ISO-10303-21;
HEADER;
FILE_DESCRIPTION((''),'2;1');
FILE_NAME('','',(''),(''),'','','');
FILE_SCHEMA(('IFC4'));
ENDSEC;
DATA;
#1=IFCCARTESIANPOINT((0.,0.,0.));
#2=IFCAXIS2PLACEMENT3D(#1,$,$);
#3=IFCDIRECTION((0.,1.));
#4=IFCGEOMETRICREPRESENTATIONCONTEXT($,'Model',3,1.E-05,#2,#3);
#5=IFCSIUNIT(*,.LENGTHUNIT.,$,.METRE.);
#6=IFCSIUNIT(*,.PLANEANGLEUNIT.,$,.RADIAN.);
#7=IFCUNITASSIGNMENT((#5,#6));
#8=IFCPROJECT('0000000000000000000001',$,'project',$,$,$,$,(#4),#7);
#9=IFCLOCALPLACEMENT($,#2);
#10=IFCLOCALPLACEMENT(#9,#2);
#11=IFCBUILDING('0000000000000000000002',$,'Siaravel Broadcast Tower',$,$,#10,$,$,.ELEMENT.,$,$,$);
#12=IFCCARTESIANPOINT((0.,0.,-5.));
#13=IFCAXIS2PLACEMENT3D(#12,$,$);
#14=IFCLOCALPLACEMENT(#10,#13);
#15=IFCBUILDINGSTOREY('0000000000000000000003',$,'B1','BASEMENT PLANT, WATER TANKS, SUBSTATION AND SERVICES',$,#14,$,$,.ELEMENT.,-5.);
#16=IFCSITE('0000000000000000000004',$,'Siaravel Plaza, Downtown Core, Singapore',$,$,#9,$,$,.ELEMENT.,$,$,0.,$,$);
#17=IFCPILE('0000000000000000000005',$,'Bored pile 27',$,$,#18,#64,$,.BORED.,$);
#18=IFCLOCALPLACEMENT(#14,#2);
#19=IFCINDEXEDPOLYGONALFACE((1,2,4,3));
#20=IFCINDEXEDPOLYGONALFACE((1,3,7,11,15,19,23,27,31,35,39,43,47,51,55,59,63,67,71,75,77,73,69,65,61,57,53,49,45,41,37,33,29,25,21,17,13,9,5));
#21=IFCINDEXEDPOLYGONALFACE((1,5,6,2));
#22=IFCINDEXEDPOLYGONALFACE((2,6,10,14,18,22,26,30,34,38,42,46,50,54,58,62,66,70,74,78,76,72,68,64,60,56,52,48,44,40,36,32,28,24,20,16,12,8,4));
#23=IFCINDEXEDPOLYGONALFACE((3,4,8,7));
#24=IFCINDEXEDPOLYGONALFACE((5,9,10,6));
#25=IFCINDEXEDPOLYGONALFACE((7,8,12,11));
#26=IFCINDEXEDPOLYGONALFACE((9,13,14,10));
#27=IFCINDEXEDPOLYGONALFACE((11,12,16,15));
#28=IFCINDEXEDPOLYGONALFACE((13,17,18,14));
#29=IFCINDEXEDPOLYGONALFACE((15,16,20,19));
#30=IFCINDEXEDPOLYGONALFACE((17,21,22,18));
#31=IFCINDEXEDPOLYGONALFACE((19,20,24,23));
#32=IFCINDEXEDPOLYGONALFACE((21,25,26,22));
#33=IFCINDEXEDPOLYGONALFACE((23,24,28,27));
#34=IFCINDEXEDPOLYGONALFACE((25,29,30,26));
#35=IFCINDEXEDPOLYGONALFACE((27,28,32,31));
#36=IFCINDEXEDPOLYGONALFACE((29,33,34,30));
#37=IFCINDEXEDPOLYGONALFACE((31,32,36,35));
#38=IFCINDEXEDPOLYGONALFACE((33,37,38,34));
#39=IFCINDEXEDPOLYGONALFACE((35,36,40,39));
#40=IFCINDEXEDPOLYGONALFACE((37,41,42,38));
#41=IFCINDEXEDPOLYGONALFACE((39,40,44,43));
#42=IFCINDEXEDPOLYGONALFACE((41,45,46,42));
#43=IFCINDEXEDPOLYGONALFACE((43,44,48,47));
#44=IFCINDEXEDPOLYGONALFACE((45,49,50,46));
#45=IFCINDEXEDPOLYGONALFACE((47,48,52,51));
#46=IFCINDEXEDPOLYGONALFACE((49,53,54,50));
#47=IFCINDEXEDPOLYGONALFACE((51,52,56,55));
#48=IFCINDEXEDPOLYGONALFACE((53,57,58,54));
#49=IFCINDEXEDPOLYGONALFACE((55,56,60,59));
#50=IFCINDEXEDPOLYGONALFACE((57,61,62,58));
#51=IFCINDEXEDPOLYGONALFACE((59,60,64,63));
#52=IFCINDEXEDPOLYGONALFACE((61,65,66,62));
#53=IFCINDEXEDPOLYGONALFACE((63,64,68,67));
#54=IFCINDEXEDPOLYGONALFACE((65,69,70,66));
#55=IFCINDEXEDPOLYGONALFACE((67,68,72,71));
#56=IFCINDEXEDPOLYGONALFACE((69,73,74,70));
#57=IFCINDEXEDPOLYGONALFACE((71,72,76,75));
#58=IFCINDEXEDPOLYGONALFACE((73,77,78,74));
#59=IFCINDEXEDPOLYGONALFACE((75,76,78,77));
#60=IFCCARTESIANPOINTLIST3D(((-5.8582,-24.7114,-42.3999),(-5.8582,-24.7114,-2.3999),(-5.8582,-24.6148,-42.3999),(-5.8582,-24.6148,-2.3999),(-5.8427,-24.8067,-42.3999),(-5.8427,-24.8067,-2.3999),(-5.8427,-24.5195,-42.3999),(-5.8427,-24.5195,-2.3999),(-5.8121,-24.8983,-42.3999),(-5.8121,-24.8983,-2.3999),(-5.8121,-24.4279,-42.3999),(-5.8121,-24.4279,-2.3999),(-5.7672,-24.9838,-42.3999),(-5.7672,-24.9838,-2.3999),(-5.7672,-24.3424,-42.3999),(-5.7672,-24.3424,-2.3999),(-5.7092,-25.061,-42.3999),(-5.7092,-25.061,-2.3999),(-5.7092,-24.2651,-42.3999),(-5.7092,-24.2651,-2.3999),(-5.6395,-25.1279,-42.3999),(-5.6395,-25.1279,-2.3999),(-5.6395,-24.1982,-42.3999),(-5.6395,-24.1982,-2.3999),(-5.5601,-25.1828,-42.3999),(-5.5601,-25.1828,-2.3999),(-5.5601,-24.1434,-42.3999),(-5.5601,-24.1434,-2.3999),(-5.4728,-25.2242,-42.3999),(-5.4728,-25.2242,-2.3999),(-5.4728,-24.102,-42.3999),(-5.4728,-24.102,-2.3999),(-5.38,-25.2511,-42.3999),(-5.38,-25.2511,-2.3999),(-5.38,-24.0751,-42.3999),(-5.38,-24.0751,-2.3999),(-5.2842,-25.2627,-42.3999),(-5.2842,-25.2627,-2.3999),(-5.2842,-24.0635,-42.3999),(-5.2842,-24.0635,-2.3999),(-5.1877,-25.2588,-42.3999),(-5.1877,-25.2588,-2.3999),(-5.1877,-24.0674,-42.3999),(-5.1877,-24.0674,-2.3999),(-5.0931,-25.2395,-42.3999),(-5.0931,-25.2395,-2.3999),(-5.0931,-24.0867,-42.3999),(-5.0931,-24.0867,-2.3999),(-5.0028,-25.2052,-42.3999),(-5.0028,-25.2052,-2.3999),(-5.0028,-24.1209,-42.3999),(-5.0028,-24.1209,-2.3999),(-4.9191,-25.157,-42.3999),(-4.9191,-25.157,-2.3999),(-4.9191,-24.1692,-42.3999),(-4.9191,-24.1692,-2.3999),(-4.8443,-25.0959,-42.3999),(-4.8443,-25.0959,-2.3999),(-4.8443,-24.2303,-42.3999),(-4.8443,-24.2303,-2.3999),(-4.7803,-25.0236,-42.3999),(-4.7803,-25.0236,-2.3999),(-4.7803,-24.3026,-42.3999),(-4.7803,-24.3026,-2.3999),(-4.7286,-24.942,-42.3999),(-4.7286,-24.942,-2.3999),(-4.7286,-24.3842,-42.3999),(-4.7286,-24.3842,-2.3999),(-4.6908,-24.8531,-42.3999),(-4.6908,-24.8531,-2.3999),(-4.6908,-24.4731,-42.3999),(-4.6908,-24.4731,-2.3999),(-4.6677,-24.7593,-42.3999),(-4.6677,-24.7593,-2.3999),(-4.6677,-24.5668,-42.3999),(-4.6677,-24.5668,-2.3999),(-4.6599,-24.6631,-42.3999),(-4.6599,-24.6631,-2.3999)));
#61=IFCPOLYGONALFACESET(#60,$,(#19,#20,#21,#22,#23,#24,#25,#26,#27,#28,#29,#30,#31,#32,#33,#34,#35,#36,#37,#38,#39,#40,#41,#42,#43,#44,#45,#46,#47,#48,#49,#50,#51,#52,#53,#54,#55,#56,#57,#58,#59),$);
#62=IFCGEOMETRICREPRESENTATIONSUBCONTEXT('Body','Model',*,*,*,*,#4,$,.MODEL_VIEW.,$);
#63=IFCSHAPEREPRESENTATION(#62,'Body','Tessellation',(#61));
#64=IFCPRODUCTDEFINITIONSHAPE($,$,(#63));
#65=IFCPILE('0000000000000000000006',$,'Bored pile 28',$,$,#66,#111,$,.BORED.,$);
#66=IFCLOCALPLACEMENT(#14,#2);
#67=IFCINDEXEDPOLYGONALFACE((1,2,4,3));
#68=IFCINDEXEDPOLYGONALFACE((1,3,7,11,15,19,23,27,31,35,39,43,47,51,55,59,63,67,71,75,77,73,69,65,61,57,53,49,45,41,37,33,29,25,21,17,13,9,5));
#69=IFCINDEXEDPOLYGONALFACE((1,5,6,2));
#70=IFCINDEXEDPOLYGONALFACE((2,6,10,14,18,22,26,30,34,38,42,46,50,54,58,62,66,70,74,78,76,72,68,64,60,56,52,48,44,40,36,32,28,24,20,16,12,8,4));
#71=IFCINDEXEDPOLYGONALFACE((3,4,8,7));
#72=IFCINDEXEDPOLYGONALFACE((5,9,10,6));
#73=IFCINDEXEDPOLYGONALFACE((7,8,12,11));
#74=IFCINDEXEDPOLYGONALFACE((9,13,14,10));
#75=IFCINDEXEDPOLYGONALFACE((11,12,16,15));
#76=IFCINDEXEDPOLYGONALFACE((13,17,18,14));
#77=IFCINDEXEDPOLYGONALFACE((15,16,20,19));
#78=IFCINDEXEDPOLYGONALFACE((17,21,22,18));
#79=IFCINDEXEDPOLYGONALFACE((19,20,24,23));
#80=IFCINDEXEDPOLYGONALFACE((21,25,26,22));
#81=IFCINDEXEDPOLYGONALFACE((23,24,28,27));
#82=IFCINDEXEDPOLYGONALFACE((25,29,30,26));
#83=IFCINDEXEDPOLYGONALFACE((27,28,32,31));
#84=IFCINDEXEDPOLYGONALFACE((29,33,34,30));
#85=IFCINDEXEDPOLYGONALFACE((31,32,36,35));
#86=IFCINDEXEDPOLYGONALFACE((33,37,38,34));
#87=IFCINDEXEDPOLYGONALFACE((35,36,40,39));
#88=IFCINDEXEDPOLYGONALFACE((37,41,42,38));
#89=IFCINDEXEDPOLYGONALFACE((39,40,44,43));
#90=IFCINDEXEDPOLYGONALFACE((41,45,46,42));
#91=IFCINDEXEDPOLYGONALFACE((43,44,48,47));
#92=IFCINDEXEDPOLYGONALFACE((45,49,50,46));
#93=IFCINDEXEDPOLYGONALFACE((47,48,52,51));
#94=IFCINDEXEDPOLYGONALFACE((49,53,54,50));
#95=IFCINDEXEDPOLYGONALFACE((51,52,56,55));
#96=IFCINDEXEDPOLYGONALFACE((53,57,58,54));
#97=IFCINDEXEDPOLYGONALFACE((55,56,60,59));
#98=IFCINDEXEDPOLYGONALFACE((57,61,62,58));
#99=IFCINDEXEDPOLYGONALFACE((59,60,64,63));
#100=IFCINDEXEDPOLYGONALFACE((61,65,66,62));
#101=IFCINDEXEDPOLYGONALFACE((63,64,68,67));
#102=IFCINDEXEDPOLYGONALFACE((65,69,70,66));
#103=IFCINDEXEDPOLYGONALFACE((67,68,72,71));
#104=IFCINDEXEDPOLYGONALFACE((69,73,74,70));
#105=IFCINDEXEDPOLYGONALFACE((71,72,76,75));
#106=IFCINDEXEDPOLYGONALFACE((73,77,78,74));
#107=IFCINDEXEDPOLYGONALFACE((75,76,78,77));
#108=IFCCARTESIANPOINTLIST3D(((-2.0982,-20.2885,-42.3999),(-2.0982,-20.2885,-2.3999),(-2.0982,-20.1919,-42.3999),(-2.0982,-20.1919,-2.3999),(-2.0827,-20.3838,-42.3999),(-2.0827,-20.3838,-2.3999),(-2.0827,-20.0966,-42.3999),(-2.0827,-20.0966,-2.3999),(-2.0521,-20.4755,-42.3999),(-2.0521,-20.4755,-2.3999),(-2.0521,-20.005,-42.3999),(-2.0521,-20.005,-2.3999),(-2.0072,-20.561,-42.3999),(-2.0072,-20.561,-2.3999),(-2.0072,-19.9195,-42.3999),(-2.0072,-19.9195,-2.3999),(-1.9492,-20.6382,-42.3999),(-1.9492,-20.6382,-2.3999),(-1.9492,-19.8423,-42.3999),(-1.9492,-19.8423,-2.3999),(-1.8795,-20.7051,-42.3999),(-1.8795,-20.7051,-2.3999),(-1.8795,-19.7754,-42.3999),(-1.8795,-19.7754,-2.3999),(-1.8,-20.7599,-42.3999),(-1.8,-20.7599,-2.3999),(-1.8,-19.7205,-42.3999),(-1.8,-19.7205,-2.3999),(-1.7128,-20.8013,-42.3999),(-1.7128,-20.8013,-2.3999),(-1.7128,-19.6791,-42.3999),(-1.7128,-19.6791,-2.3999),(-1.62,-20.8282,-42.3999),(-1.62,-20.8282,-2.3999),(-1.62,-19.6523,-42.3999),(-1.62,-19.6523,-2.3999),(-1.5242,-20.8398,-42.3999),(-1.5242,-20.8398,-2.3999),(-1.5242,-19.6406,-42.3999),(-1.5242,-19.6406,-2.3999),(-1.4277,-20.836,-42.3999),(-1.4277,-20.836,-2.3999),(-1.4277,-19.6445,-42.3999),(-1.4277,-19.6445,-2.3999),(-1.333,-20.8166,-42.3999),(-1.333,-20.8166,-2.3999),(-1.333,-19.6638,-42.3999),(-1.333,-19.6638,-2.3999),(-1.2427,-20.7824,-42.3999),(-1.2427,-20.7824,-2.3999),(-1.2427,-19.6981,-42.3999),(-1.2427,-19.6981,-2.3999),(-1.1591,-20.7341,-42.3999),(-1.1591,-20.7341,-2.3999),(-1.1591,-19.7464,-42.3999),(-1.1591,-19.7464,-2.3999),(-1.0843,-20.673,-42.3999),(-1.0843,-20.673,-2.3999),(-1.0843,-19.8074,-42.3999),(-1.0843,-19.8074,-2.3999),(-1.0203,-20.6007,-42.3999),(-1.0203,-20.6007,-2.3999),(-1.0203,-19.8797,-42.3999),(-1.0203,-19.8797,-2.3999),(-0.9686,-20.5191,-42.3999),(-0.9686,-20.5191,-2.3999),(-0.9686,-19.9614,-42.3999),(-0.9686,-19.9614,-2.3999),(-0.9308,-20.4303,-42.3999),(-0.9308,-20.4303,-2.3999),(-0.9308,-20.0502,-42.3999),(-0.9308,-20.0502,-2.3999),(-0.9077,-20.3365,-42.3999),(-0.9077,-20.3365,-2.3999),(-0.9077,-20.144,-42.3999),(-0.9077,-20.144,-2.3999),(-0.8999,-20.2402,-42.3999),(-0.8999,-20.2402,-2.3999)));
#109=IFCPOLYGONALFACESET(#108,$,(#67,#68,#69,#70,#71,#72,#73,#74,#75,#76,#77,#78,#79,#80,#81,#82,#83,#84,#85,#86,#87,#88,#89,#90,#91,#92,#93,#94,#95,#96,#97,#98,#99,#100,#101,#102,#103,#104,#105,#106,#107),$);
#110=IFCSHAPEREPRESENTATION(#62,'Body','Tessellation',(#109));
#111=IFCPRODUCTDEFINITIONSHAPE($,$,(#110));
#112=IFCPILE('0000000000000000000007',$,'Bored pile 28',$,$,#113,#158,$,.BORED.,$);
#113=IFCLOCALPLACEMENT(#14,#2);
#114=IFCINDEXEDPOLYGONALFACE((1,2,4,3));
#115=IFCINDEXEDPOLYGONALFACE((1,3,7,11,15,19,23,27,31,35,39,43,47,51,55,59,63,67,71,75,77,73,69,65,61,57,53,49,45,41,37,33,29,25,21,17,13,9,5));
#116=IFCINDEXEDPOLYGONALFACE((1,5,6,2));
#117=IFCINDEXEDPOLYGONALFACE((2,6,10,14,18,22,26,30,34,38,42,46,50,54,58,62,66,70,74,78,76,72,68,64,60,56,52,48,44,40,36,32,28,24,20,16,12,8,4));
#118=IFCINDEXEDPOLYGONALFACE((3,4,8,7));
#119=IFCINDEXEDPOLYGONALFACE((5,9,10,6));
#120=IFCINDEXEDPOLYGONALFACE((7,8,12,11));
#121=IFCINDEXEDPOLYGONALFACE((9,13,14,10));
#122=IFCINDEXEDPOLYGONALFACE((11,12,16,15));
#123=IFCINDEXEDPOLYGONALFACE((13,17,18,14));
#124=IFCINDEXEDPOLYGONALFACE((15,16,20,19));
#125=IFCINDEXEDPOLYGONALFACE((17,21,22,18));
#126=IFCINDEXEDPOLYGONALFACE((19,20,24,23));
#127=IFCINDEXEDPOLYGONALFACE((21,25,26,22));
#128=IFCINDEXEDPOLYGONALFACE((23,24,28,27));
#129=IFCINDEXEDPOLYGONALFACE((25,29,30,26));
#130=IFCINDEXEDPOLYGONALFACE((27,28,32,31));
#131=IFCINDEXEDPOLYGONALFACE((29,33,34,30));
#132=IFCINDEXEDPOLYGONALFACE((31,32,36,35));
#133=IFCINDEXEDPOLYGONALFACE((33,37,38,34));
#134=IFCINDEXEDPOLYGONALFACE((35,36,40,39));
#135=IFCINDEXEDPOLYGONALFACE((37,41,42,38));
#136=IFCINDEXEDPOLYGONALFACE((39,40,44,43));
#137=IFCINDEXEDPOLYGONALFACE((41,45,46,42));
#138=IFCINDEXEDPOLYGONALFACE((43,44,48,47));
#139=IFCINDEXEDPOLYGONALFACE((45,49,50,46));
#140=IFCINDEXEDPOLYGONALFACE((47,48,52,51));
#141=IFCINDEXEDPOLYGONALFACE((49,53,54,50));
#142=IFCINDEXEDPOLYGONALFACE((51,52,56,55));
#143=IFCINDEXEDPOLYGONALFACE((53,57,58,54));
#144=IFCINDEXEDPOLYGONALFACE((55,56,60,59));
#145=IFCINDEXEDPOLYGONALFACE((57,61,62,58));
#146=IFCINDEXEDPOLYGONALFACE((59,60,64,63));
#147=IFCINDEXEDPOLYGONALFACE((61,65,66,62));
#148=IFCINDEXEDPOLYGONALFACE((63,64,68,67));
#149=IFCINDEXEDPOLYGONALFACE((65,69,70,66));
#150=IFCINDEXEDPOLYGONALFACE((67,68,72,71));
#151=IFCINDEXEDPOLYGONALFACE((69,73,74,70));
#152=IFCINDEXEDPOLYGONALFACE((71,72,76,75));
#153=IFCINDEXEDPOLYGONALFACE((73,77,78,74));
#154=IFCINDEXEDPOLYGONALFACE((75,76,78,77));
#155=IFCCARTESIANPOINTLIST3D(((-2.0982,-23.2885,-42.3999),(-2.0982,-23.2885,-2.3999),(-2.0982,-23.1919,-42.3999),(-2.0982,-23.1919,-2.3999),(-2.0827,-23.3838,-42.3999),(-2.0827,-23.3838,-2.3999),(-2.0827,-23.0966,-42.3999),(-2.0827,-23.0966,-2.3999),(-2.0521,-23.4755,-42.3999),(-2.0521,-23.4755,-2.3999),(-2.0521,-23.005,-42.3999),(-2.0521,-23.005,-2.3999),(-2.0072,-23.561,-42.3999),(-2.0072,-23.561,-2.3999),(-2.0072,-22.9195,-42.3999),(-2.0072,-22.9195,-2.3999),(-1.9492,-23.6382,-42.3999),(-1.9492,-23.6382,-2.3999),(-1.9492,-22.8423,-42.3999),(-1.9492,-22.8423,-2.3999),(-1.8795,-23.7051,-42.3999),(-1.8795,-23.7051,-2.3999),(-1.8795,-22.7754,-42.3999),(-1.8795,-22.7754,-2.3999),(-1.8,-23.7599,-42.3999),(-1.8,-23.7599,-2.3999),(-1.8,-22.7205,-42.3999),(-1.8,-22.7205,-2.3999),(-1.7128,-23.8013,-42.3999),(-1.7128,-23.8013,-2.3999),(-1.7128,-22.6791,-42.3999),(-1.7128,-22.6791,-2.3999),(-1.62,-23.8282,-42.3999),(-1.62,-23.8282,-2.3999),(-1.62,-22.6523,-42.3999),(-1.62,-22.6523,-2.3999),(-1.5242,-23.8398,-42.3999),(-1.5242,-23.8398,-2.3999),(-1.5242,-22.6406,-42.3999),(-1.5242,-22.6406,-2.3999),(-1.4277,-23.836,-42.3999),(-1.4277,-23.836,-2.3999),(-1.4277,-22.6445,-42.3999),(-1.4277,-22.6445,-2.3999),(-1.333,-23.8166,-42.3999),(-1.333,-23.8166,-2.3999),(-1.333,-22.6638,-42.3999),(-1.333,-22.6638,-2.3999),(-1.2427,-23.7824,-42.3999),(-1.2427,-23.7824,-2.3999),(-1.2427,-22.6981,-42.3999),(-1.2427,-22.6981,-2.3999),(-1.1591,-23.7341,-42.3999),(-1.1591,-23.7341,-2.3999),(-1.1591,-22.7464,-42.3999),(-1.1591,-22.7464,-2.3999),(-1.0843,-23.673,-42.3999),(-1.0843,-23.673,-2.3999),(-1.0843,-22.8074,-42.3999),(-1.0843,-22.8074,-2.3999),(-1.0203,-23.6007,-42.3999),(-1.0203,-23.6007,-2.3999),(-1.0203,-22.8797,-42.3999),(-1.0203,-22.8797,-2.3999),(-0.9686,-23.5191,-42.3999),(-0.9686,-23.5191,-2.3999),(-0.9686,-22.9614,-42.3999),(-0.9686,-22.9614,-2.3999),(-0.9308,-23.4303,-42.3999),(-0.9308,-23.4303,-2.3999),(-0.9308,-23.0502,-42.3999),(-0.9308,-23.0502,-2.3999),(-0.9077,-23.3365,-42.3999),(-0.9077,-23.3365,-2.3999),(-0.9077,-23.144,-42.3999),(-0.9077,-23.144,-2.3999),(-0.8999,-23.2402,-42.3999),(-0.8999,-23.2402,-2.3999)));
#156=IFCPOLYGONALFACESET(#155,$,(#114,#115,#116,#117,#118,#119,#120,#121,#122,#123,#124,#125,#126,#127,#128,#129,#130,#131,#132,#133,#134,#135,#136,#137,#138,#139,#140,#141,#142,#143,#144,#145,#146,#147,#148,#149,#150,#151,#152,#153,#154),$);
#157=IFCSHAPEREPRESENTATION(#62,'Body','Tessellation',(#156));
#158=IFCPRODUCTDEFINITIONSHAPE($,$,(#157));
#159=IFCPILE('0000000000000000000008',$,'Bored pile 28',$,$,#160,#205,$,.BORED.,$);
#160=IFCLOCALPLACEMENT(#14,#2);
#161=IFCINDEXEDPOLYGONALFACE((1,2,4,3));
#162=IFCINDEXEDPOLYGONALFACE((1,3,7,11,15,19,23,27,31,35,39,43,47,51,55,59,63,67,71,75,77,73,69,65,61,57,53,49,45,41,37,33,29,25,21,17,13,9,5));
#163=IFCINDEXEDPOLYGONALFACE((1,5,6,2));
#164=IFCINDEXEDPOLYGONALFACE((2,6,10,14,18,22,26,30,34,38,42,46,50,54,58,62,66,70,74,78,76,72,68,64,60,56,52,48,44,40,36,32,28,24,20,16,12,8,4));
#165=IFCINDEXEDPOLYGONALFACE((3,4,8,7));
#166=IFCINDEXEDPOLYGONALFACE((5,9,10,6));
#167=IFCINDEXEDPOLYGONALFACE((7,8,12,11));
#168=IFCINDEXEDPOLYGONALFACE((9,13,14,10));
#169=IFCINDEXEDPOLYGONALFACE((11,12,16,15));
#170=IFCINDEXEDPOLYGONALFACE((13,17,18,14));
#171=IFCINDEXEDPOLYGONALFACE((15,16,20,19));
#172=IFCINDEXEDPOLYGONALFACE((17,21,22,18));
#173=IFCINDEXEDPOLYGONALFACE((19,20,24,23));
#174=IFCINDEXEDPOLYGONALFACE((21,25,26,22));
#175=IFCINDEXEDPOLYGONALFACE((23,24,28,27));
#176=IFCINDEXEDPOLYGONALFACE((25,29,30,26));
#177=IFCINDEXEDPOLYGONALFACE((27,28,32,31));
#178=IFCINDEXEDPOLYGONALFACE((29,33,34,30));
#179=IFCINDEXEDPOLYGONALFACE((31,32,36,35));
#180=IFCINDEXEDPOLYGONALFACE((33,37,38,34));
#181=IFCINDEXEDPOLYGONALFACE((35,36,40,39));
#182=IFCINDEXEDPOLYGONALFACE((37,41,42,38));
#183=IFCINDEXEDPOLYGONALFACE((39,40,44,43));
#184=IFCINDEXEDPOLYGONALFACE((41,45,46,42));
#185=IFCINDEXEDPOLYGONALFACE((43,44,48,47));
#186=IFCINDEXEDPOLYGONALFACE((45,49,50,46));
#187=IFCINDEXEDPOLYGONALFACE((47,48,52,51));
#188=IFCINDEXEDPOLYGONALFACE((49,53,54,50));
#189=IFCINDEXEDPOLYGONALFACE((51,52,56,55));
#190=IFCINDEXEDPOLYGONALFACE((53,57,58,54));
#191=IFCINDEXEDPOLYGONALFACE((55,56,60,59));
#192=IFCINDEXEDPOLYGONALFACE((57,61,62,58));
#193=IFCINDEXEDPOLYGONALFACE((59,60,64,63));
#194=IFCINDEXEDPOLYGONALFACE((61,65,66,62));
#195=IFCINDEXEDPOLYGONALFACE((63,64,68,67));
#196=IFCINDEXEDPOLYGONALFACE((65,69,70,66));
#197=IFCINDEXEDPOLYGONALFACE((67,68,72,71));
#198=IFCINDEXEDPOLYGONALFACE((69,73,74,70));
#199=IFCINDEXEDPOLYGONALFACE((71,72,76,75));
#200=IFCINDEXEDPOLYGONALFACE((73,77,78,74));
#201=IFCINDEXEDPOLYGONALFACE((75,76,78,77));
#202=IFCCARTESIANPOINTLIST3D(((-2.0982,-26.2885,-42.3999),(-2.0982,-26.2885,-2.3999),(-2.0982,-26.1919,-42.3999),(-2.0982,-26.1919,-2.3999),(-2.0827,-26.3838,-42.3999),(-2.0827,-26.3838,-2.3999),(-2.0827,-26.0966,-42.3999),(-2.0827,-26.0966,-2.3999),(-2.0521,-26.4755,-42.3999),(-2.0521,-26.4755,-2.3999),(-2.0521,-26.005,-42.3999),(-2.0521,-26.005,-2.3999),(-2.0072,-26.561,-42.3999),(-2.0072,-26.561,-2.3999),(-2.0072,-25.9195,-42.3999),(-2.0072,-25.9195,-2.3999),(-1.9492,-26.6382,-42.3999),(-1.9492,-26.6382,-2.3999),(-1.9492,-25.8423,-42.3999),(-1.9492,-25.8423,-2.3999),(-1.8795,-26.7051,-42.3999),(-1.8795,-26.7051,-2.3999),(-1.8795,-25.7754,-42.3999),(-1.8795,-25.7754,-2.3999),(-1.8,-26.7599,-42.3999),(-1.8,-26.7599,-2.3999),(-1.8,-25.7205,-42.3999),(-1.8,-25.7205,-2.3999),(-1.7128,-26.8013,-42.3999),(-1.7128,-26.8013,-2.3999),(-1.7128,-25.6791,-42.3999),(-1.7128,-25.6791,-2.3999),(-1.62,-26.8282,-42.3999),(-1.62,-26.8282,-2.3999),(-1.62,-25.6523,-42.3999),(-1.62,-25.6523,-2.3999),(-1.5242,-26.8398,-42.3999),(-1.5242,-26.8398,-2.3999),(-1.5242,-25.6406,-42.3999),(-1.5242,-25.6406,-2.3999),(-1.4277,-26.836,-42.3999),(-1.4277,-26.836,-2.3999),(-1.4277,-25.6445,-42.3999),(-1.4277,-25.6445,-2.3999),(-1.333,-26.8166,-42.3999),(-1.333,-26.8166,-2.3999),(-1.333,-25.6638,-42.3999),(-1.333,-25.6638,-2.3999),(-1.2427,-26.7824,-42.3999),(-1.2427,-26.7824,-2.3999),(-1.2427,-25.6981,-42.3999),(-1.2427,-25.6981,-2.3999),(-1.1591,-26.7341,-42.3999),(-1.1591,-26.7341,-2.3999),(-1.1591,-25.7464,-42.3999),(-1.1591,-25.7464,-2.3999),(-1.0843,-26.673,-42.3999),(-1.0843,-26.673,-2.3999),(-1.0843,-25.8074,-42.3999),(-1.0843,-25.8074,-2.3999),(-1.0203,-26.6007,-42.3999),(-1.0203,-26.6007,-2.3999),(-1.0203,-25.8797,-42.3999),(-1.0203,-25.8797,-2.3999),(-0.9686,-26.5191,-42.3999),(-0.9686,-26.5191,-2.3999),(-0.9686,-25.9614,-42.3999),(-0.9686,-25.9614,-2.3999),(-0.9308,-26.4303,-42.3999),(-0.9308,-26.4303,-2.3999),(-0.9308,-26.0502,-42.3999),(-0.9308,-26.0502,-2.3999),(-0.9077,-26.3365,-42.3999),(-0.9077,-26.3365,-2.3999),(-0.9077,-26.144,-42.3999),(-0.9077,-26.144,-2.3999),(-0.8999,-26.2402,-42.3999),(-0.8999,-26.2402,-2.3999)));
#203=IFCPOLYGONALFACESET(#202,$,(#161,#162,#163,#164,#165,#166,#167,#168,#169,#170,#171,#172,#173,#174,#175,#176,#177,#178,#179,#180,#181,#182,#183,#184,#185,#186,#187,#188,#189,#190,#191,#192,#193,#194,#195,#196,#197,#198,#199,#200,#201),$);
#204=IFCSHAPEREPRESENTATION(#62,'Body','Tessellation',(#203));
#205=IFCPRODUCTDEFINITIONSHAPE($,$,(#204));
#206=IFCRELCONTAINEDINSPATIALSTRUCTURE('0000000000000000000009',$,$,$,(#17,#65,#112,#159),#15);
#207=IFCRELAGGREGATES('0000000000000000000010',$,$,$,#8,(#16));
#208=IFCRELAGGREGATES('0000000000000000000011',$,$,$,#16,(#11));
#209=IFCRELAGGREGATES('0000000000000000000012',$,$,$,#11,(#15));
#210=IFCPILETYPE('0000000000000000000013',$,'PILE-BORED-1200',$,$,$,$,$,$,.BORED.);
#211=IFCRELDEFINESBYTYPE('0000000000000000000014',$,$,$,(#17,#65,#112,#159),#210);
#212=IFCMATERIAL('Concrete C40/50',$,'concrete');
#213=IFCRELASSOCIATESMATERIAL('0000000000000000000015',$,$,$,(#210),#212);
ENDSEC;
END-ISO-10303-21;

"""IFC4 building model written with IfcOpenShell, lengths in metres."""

from ifc_helpers import new_model, si_unit, direction, frame, origin, origin_2d, place, context, subcontext, project, spatial, circle, extrude, material, material_profile, profile_set, type_object, element, save


model = new_model("IFC4")

# Units and contexts
model_context = context("Model", 3, precision=1e-05, world=origin(), true_north=direction((0.0, 1.0)))
body_context = subcontext(model_context, "Body", "Model", "MODEL_VIEW")
ifc_project = project(units=[si_unit("LENGTHUNIT", "METRE"), si_unit("PLANEANGLEUNIT", "RADIAN")], contexts=[model_context])

# Site, building, storey
site_placement = place(None, origin())
site = spatial("IfcSite", under=ifc_project, at=site_placement, Name="Siaravel Plaza, Downtown Core, Singapore", CompositionType="ELEMENT", RefElevation=0.0)
building_placement = place(site_placement, origin())
building = spatial("IfcBuilding", under=site, at=building_placement, Name="Siaravel Broadcast Tower", CompositionType="ELEMENT")
storey_placement = place(building_placement, frame((0.0, 0.0, -5.0)))
storey = spatial("IfcBuildingStorey", under=building, at=storey_placement, Name="B1", Description="BASEMENT PLANT, WATER TANKS, SUBSTATION AND SERVICES", CompositionType="ELEMENT", Elevation=-5.0)

# Shared definitions
ifc_material_1 = material(Name="Concrete C40/50", Category="concrete")

# Piles
ifc_material_profile_1 = material_profile(ifc_material_1, circle(Radius=0.6001, at=origin_2d()))
ifc_profile_set_1 = profile_set([ifc_material_profile_1], Name="Concrete C40/50")
pile_type_1 = type_object("IfcPileType", Name="PILE-BORED-1200", PredefinedType="BORED", material=ifc_profile_set_1)
for number, where, z_axis, x_axis, name in (
    (1, (-5.26, -24.6631, -2.3999), (0.0, 0.0, -1.0), (1.0, 0.0, 0.0), "Bored pile 27"),
    (2, (-1.5, -20.2402, -2.3999), (0.0, 0.0, -1.0), (1.0, 0.0, 0.0), "Bored pile 28"),
    (3, (-1.5, -23.2402, -2.3999), (0.0, 0.0, -1.0), (1.0, 0.0, 0.0), "Bored pile 28"),
    (4, (-1.5, -26.2402, -2.3999), (0.0, 0.0, -1.0), (1.0, 0.0, 0.0), "Bored pile 28"),
):
    element("IfcPile", number, at=place(storey_placement, frame(where, z_axis=z_axis, x_axis=x_axis)), inside=storey, type_object=pile_type_1, Name=name, PredefinedType="BORED", context=body_context, shape_type="SweptSolid", body=[
        extrude(circle(Radius=0.6001, at=origin_2d()), origin(), (0.0, 0.0, 1.0), 40.0),
    ])

save(model, "model.ifc")
